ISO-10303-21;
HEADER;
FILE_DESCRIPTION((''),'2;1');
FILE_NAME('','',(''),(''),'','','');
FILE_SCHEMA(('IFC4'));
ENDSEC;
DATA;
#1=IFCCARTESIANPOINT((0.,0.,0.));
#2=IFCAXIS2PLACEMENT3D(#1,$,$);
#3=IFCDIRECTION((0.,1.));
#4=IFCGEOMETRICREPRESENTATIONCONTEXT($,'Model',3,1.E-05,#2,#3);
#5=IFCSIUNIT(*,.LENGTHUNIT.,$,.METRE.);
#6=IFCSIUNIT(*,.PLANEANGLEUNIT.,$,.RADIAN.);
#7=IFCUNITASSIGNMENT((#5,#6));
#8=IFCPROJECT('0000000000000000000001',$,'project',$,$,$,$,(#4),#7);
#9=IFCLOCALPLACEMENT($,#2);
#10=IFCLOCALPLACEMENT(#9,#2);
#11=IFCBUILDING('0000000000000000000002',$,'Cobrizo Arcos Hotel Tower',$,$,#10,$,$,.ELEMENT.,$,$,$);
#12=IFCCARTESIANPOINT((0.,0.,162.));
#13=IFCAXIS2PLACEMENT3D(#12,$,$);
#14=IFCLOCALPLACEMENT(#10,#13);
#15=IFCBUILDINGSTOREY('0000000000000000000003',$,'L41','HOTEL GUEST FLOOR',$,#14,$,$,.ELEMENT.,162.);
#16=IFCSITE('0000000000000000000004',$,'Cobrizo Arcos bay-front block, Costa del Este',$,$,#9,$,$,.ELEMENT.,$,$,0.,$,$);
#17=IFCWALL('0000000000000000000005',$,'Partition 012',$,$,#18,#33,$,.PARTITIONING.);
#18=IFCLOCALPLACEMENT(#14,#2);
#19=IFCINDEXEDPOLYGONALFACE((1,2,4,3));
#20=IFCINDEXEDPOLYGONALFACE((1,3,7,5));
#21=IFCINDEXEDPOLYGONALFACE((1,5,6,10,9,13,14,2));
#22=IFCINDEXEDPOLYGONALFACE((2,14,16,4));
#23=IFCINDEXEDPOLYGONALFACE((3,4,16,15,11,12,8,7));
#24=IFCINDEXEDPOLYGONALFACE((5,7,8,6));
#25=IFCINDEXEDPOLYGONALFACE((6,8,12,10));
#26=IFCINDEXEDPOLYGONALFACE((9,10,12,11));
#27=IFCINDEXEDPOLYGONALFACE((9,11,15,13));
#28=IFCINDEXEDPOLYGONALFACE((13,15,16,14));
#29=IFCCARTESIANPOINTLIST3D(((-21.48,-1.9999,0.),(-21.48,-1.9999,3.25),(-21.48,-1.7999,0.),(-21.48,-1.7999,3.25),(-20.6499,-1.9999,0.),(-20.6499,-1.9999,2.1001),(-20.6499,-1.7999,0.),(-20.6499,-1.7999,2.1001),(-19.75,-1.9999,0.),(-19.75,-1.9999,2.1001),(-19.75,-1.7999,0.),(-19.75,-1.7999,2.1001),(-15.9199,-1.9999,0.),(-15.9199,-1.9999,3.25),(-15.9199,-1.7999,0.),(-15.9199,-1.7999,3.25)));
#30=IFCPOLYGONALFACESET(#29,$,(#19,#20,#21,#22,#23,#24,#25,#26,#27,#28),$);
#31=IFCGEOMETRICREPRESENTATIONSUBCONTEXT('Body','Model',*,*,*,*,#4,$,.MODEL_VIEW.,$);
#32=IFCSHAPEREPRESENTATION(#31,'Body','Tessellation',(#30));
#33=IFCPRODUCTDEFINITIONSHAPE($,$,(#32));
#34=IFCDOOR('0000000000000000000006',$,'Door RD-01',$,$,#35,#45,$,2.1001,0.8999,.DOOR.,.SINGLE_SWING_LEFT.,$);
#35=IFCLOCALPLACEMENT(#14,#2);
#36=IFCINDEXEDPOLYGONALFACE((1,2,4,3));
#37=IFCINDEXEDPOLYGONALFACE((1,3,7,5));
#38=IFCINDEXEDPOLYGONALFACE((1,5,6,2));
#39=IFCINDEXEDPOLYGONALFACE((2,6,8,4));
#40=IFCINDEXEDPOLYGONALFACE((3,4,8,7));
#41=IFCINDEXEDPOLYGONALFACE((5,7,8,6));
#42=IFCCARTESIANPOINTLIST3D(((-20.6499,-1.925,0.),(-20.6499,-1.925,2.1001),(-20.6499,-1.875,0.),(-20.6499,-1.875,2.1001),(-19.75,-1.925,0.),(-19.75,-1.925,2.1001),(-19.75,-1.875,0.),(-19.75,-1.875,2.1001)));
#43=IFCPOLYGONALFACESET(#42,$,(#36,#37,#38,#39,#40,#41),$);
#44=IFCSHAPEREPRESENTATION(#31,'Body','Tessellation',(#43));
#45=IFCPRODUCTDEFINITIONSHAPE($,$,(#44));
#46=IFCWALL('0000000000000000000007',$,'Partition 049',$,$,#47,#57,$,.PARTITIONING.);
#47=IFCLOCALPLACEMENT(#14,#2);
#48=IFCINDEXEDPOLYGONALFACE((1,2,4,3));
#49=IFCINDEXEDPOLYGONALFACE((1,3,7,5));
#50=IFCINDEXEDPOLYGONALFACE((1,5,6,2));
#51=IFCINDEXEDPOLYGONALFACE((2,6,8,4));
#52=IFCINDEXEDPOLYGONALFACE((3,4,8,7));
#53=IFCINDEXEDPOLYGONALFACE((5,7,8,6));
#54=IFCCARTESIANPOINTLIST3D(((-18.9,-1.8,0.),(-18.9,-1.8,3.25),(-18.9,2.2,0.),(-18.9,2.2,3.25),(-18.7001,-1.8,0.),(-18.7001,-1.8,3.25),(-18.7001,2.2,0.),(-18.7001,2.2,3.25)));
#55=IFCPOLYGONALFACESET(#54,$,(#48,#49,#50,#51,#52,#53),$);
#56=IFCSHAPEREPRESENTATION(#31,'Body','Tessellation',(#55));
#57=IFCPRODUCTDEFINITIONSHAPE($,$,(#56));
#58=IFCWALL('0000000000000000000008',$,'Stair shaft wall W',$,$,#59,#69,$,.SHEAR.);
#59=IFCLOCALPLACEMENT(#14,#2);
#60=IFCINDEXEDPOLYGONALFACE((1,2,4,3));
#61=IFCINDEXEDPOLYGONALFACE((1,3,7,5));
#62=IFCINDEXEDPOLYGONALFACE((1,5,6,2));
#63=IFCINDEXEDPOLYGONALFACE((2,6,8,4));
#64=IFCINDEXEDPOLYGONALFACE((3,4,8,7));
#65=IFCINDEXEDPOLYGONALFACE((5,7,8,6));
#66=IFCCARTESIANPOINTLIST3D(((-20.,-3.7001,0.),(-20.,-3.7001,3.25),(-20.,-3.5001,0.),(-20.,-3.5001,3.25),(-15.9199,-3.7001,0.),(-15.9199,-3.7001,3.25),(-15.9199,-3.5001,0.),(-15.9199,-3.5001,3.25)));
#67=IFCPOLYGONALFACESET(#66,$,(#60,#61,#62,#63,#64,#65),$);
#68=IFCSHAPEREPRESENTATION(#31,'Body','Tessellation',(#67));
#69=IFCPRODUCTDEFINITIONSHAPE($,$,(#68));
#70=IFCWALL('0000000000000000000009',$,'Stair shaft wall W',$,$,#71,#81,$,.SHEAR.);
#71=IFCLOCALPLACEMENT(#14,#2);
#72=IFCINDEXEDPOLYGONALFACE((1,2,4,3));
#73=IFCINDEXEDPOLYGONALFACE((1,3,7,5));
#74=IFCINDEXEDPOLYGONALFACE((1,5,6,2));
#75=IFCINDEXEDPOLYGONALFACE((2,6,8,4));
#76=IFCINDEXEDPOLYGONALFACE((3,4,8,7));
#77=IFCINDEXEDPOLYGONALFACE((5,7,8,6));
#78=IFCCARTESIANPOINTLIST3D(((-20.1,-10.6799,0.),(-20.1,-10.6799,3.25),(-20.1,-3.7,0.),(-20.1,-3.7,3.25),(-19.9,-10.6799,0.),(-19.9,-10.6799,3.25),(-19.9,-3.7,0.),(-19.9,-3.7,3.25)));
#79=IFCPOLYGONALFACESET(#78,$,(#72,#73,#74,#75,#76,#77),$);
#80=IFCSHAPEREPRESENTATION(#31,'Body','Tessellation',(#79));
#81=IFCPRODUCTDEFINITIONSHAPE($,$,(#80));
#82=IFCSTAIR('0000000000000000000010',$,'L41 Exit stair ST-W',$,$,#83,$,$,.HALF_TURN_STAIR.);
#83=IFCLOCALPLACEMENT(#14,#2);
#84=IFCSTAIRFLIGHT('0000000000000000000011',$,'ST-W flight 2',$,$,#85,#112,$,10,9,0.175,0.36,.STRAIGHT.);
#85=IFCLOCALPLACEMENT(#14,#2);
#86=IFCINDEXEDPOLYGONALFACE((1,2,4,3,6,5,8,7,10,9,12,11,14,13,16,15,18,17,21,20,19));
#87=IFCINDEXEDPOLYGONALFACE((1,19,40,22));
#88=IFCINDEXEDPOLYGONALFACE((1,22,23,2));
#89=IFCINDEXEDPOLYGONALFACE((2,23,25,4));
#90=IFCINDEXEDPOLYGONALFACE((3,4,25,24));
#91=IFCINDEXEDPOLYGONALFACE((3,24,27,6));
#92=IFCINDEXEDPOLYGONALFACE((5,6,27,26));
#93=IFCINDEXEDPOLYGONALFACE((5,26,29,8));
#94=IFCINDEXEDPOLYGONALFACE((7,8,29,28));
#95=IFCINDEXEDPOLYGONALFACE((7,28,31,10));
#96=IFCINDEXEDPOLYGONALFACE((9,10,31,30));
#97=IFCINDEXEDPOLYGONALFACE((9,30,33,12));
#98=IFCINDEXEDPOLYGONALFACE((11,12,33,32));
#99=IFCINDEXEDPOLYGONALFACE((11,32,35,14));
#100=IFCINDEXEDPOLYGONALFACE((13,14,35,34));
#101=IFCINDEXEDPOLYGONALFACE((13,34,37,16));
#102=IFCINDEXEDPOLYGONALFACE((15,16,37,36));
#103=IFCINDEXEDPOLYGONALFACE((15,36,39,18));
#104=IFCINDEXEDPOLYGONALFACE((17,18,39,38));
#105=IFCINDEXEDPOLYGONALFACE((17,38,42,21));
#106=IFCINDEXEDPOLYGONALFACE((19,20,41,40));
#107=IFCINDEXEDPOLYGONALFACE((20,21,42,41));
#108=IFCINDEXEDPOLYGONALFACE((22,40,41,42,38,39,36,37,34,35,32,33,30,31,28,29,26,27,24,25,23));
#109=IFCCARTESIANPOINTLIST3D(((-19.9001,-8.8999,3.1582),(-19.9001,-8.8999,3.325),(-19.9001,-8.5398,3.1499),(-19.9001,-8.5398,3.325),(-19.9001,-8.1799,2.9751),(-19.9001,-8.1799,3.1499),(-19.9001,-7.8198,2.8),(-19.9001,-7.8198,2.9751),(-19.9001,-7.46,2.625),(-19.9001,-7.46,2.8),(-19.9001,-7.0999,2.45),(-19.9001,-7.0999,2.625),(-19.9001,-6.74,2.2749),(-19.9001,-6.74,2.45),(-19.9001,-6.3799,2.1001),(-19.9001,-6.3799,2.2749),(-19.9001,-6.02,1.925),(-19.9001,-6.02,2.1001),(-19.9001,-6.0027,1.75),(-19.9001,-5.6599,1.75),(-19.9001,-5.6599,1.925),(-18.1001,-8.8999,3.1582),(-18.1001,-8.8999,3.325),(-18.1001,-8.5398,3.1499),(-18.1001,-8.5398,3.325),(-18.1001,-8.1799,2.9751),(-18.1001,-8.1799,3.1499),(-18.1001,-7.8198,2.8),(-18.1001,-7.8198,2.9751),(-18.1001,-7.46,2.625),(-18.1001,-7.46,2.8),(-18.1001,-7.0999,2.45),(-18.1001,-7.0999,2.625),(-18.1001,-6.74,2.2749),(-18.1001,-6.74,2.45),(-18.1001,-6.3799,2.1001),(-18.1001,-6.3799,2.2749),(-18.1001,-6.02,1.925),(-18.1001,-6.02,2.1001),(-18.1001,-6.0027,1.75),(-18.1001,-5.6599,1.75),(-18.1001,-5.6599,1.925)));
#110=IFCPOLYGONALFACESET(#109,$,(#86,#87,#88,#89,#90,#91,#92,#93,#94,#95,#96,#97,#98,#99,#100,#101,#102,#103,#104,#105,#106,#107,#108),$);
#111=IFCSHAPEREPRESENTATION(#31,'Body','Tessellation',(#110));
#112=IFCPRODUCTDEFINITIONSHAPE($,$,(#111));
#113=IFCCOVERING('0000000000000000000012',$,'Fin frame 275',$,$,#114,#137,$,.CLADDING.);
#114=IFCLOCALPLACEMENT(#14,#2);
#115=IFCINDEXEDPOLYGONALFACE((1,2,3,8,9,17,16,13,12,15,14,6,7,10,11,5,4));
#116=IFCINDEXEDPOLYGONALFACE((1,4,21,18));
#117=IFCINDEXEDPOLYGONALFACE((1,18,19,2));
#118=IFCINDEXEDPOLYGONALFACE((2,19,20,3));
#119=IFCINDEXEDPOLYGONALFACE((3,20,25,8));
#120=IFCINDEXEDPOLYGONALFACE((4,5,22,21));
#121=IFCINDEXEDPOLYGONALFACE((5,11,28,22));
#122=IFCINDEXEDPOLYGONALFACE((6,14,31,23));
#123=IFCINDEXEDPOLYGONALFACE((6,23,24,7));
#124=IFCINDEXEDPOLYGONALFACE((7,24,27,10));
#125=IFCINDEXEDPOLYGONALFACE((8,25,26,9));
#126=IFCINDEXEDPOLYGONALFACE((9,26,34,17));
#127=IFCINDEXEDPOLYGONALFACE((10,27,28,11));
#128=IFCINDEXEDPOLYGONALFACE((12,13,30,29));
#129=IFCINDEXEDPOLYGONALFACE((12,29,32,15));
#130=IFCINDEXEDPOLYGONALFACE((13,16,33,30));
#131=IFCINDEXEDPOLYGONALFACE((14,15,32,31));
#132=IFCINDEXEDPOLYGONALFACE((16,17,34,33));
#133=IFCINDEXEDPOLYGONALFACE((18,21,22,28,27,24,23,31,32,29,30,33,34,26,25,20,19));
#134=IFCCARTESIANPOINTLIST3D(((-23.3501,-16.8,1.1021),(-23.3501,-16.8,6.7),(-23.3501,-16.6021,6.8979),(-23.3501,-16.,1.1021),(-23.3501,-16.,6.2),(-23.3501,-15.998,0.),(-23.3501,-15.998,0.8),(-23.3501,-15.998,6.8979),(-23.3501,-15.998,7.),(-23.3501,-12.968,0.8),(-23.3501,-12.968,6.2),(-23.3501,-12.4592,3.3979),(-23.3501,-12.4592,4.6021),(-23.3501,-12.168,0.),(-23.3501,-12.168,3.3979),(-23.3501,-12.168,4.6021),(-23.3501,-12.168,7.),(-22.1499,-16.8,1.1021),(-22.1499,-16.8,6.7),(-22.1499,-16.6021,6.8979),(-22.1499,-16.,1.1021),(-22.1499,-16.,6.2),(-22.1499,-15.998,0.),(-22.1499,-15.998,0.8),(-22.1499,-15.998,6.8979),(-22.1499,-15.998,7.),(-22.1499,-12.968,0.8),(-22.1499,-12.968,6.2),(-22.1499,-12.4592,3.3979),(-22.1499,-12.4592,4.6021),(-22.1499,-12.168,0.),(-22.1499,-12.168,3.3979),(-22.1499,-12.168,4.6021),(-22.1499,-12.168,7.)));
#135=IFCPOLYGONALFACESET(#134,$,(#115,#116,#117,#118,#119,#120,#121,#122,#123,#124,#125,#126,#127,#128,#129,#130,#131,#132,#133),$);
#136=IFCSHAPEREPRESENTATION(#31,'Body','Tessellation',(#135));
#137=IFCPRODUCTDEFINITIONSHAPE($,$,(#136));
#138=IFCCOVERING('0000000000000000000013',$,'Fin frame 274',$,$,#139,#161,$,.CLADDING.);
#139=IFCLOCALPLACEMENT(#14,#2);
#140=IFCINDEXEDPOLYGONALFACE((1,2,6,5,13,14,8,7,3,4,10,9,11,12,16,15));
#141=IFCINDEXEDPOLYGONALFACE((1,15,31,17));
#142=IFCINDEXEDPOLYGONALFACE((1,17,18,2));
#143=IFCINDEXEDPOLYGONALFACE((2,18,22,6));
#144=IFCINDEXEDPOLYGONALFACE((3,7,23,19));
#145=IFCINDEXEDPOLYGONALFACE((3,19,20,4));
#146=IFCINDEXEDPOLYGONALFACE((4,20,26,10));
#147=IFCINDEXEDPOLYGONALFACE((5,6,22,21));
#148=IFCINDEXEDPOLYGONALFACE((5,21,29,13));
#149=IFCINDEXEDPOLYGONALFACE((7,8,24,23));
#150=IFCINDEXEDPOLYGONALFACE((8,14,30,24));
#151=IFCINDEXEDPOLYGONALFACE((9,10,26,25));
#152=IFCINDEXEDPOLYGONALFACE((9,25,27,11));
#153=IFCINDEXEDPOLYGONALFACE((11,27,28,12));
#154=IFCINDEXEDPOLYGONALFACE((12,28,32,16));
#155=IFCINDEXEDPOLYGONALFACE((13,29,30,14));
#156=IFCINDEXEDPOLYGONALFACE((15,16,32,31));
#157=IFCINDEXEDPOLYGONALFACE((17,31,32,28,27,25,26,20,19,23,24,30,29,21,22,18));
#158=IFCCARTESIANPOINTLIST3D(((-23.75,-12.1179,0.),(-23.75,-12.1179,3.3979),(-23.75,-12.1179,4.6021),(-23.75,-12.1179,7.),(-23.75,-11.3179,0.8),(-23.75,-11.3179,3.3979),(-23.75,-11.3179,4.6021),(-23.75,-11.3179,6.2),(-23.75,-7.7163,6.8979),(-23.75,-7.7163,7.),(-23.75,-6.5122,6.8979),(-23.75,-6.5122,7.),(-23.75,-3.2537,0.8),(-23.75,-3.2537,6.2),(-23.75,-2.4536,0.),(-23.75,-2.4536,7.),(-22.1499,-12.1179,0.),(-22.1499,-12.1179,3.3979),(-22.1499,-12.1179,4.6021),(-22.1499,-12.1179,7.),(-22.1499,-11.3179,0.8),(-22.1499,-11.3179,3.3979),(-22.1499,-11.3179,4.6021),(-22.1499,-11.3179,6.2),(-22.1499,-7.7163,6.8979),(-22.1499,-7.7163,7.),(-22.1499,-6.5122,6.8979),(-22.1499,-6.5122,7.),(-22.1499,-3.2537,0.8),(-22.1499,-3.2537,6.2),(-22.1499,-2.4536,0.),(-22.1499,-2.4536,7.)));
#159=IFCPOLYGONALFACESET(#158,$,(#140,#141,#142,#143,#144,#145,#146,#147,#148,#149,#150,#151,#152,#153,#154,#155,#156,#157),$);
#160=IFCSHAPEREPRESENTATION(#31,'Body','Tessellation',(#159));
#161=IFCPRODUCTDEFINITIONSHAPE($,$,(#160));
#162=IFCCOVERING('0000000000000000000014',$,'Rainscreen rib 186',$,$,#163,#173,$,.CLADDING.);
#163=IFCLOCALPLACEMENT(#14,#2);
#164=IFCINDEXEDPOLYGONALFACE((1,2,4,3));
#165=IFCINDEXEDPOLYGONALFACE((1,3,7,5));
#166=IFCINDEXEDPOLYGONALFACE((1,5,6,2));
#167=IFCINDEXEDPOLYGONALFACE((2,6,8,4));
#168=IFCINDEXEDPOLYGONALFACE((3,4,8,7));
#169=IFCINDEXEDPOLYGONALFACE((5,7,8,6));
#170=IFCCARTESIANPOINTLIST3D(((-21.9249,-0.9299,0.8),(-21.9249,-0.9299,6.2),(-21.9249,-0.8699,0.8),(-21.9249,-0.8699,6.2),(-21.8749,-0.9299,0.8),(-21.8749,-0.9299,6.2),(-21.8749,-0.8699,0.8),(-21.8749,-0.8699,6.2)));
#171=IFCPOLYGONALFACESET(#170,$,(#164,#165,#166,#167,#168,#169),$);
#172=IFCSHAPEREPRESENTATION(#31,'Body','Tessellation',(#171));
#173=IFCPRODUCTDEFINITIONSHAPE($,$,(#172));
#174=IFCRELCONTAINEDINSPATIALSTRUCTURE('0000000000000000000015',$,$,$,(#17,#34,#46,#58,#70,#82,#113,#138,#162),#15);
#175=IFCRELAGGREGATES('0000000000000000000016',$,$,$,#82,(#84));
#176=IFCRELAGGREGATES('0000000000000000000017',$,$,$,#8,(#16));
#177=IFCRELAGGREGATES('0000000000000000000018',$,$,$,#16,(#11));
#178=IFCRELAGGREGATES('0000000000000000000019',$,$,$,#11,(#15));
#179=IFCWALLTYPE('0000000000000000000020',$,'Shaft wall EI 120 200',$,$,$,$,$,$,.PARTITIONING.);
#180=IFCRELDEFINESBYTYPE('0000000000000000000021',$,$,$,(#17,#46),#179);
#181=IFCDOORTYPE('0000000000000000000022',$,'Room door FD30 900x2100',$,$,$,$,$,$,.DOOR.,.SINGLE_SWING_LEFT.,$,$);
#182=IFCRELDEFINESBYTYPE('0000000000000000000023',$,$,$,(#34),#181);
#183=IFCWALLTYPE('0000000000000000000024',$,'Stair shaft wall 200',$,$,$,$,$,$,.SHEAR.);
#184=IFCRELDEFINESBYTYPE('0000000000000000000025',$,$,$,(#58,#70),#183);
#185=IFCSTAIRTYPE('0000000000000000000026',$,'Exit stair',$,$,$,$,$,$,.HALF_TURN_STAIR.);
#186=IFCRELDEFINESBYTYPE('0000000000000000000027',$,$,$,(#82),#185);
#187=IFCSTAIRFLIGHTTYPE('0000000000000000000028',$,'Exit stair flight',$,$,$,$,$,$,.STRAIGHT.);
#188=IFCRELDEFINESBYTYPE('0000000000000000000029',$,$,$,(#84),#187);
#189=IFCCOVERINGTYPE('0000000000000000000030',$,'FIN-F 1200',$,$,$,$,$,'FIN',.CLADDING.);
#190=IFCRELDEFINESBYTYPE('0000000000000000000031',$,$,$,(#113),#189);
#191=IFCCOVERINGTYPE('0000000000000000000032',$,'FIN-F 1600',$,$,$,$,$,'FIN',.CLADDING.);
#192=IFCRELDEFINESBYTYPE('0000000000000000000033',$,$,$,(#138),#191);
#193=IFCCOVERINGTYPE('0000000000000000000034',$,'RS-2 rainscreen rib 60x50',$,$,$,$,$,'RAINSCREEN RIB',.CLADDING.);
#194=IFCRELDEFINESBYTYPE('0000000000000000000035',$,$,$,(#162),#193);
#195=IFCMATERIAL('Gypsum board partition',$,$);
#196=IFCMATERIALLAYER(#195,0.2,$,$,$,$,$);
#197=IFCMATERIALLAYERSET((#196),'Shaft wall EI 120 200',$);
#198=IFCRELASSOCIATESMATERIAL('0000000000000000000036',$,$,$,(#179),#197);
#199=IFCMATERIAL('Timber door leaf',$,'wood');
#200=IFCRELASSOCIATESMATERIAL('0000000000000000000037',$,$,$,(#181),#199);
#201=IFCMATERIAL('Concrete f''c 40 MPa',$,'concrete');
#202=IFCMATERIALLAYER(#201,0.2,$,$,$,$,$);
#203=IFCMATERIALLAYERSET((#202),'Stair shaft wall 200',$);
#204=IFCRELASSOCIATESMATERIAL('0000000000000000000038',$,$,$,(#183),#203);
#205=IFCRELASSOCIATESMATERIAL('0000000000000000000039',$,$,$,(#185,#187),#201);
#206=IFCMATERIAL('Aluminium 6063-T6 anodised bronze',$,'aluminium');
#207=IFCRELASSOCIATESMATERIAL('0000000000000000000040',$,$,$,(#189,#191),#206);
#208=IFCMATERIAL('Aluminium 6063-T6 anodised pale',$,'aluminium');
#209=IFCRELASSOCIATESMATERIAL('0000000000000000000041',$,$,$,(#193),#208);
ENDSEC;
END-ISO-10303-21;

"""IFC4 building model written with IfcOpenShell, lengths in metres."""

from ifc_helpers import new_model, si_unit, direction, frame, frame_2d, origin, origin_2d, place, context, subcontext, project, spatial, polyline, rectangle, outline, extrude, material, layer, layer_set, type_object, element, fill, aggregate, save


model = new_model("IFC4")

# Units and contexts
model_context = context("Model", 3, precision=1e-05, world=origin(), true_north=direction((0.0, 1.0)))
body_context = subcontext(model_context, "Body", "Model", "MODEL_VIEW")
ifc_project = project(units=[si_unit("LENGTHUNIT", "METRE"), si_unit("PLANEANGLEUNIT", "RADIAN")], contexts=[model_context])

# Site, building, storey
site_placement = place(None, origin())
site = spatial("IfcSite", under=ifc_project, at=site_placement, Name="Cobrizo Arcos bay-front block, Costa del Este", CompositionType="ELEMENT", RefElevation=0.0)
building_placement = place(site_placement, origin())
building = spatial("IfcBuilding", under=site, at=building_placement, Name="Cobrizo Arcos Hotel Tower", CompositionType="ELEMENT")
storey_placement = place(building_placement, frame((0.0, 0.0, 162.0)))
storey = spatial("IfcBuildingStorey", under=building, at=storey_placement, Name="L41", Description="HOTEL GUEST FLOOR", CompositionType="ELEMENT", Elevation=162.0)

# Shared definitions
ifc_material_1 = material(Name="Aluminium 6063-T6 anodised bronze", Category="aluminium")

# Wall, opening, door
ifc_material_2 = material(Name="Gypsum board partition")
ifc_layer_1 = layer(ifc_material_2, 0.2)
ifc_layer_set_1 = layer_set([ifc_layer_1], Name="Shaft wall EI 120 200")
wall_type_1 = type_object("IfcWallType", Name="Shaft wall EI 120 200", PredefinedType="PARTITIONING", material=ifc_layer_set_1)
wall_1_placement = place(storey_placement, frame((-21.48, -1.8999, 0.0), z_axis=(0.0, 0.0, 1.0), x_axis=(1.0, 0.0, 0.0)))
wall_1 = element("IfcWall", 1, at=wall_1_placement, inside=storey, type_object=wall_type_1, Name="Partition 012", PredefinedType="PARTITIONING", context=body_context, shape_type="SweptSolid", body=[
    extrude(rectangle(XDim=5.5601, YDim=0.2, at=frame_2d((2.78, 0.0))), origin(), (0.0, 0.0, 1.0), 3.25),
])
opening_placement = place(wall_1_placement, frame((0.8301, 0.0, 0.0)))
opening = element("IfcOpeningElement", 2, at=opening_placement, cuts=wall_1, PredefinedType="OPENING", context=body_context, shape_type="SweptSolid", body=[
    extrude(rectangle(XDim=0.8999, YDim=2.1001, at=frame_2d((0.45, 1.05))), frame((0.0, 0.1121, 0.0), z_axis=(0.0, -1.0, 0.0), x_axis=(1.0, 0.0, 0.0)), (0.0, 0.0, 1.0), 0.2239),
])
ifc_material_3 = material(Name="Timber door leaf", Category="wood")
door_type = type_object("IfcDoorType", Name="Room door FD30 900x2100", OperationType="SINGLE_SWING_LEFT", PredefinedType="DOOR", material=ifc_material_3)
door_placement = place(opening_placement, origin())
door = element("IfcDoor", 3, at=door_placement, inside=storey, type_object=door_type, Name="Door RD-01", OperationType="SINGLE_SWING_LEFT", OverallHeight=2.1001, OverallWidth=0.8999, PredefinedType="DOOR", context=body_context, shape_type="SweptSolid", body=[
    extrude(rectangle(XDim=0.8999, YDim=2.1001, at=frame_2d((0.45, 1.05))), frame((0.0, 0.0249, 0.0), z_axis=(0.0, -1.0, 0.0), x_axis=(1.0, 0.0, 0.0)), (0.0, 0.0, 1.0), 0.05),
])
fill(opening, door)

# Walls
wall_2_placement = place(storey_placement, frame((-18.8, -1.8, 0.0), z_axis=(0.0, 0.0, 1.0), x_axis=(0.0, 1.0, 0.0)))
element("IfcWall", 4, at=wall_2_placement, inside=storey, type_object=wall_type_1, Name="Partition 049", PredefinedType="PARTITIONING", context=body_context, shape_type="SweptSolid", body=[
    extrude(rectangle(XDim=4.0, YDim=0.2, at=frame_2d((2.0, 0.0))), origin(), (0.0, 0.0, 1.0), 3.25),
])
ifc_material_4 = material(Name="Concrete f'c 40 MPa", Category="concrete")
ifc_layer_2 = layer(ifc_material_4, 0.2)
ifc_layer_set_2 = layer_set([ifc_layer_2], Name="Stair shaft wall 200")
wall_type_2 = type_object("IfcWallType", Name="Stair shaft wall 200", PredefinedType="SHEAR", material=ifc_layer_set_2)
wall_3_placement = place(storey_placement, frame((-20.0, -3.6001, 0.0), z_axis=(0.0, 0.0, 1.0), x_axis=(1.0, 0.0, 0.0)))
element("IfcWall", 5, at=wall_3_placement, inside=storey, type_object=wall_type_2, Name="Stair shaft wall W", PredefinedType="SHEAR", context=body_context, shape_type="SweptSolid", body=[
    extrude(rectangle(XDim=4.0801, YDim=0.2, at=frame_2d((2.04, 0.0))), origin(), (0.0, 0.0, 1.0), 3.25),
])
wall_4_placement = place(storey_placement, frame((-20.0, -10.6799, 0.0), z_axis=(0.0, 0.0, 1.0), x_axis=(0.0, 1.0, 0.0)))
element("IfcWall", 6, at=wall_4_placement, inside=storey, type_object=wall_type_2, Name="Stair shaft wall W", PredefinedType="SHEAR", context=body_context, shape_type="SweptSolid", body=[
    extrude(rectangle(XDim=6.98, YDim=0.2, at=frame_2d((3.49, 0.0))), origin(), (0.0, 0.0, 1.0), 3.25),
])

# Stair, stair flight
stair_type = type_object("IfcStairType", Name="Exit stair", PredefinedType="HALF_TURN_STAIR", material=ifc_material_4)
stair_placement = place(storey_placement, origin())
stair = element("IfcStair", 7, at=stair_placement, inside=storey, type_object=stair_type, Name="L41 Exit stair ST-W", PredefinedType="HALF_TURN_STAIR")
stair_flight_type = type_object("IfcStairFlightType", Name="Exit stair flight", PredefinedType="STRAIGHT", material=ifc_material_4)
stair_flight_placement = place(storey_placement, frame((-19.0, -5.6599, 1.75), z_axis=(0.0, 0.0, 1.0), x_axis=(0.0, -1.0, 0.0)))
stair_flight = element("IfcStairFlight", 8, at=stair_flight_placement, type_object=stair_flight_type, Name="ST-W flight 2", NumberOfRisers=10, NumberOfTreads=9, PredefinedType="STRAIGHT", RiserHeight=0.175, TreadLength=0.36, context=body_context, shape_type="SweptSolid", body=[
    extrude(outline(polyline([(0.0, 0.0), (0.0, 0.175), (0.3601, 0.175), (0.3601, 0.3501), (0.72, 0.3501), (0.72, 0.5249), (1.0801, 0.5249), (1.0801, 0.7), (1.4399, 0.7), (1.4399, 0.875), (1.8, 0.875), (1.8, 1.05), (2.1599, 1.05), (2.1599, 1.2251), (2.52, 1.2251), (2.52, 1.3999), (2.8799, 1.3999), (2.8799, 1.575), (3.24, 1.575), (3.24, 1.75), (3.24, 1.4082), (0.3428, 0.0), (0.0, 0.0)])), frame((0.0, 0.8999, 0.0), z_axis=(0.0, -1.0, 0.0), x_axis=(1.0, 0.0, 0.0)), (0.0, 0.0, 1.0), 1.8),
])
aggregate(stair, [stair_flight])

# Coverings
covering_type_1 = type_object("IfcCoveringType", Name="FIN-F 1200", ElementType="FIN", PredefinedType="CLADDING", material=ifc_material_1)
covering_1_placement = place(storey_placement, frame((-22.1499, -12.168, 0.0), z_axis=(-1.0, 0.0, 0.0), x_axis=(0.0, -1.0, 0.0)))
element("IfcCovering", 9, at=covering_1_placement, inside=storey, type_object=covering_type_1, Name="Fin frame 275", PredefinedType="CLADDING", context=body_context, shape_type="SweptSolid", body=[
    extrude(outline(polyline([(0.0, 0.0), (3.8301, 0.0), (3.8301, 0.8), (0.8, 0.8), (0.8, 6.2), (3.832, 6.2), (3.832, 1.1021), (4.6321, 1.1021), (4.6321, 6.7), (4.4341, 6.8979), (3.8301, 6.8979), (3.8301, 7.0), (0.0, 7.0), (0.0, 4.6021), (0.2913, 4.6021), (0.2913, 3.3979), (0.0, 3.3979), (0.0, 0.0)])), origin(), (0.0, 0.0, 1.0), 1.2002),
])
covering_type_2 = type_object("IfcCoveringType", Name="FIN-F 1600", ElementType="FIN", PredefinedType="CLADDING", material=ifc_material_1)
covering_2_placement = place(storey_placement, frame((-22.1499, -2.4536, 0.0), z_axis=(-1.0, 0.0, 0.0), x_axis=(0.0, -1.0, 0.0)))
element("IfcCovering", 10, at=covering_2_placement, inside=storey, type_object=covering_type_2, Name="Fin frame 274", PredefinedType="CLADDING", context=body_context, shape_type="SweptSolid", body=[
    extrude(outline(polyline([(9.6643, 0.0), (9.6643, 3.3979), (8.8643, 3.3979), (8.8643, 0.8), (0.8, 0.8), (0.8, 6.2), (8.8643, 6.2), (8.8643, 4.6021), (9.6643, 4.6021), (9.6643, 7.0), (5.2627, 7.0), (5.2627, 6.8979), (4.0586, 6.8979), (4.0586, 7.0), (0.0, 7.0), (0.0, 0.0), (9.6643, 0.0)])), origin(), (0.0, 0.0, 1.0), 1.6001),
])
ifc_material_5 = material(Name="Aluminium 6063-T6 anodised pale", Category="aluminium")
covering_type_3 = type_object("IfcCoveringType", Name="RS-2 rainscreen rib 60x50", ElementType="RAINSCREEN RIB", PredefinedType="CLADDING", material=ifc_material_5)
covering_3_placement = place(storey_placement, frame((-21.8999, -0.8999, 0.8), z_axis=(0.0, 0.0, 1.0), x_axis=(0.0, -1.0, 0.0)))
element("IfcCovering", 11, at=covering_3_placement, inside=storey, type_object=covering_type_3, Name="Rainscreen rib 186", PredefinedType="CLADDING", context=body_context, shape_type="SweptSolid", body=[
    extrude(rectangle(XDim=0.0601, YDim=0.05, at=origin_2d()), origin(), (0.0, 0.0, 1.0), 5.3999),
])

save(model, "model.ifc")
